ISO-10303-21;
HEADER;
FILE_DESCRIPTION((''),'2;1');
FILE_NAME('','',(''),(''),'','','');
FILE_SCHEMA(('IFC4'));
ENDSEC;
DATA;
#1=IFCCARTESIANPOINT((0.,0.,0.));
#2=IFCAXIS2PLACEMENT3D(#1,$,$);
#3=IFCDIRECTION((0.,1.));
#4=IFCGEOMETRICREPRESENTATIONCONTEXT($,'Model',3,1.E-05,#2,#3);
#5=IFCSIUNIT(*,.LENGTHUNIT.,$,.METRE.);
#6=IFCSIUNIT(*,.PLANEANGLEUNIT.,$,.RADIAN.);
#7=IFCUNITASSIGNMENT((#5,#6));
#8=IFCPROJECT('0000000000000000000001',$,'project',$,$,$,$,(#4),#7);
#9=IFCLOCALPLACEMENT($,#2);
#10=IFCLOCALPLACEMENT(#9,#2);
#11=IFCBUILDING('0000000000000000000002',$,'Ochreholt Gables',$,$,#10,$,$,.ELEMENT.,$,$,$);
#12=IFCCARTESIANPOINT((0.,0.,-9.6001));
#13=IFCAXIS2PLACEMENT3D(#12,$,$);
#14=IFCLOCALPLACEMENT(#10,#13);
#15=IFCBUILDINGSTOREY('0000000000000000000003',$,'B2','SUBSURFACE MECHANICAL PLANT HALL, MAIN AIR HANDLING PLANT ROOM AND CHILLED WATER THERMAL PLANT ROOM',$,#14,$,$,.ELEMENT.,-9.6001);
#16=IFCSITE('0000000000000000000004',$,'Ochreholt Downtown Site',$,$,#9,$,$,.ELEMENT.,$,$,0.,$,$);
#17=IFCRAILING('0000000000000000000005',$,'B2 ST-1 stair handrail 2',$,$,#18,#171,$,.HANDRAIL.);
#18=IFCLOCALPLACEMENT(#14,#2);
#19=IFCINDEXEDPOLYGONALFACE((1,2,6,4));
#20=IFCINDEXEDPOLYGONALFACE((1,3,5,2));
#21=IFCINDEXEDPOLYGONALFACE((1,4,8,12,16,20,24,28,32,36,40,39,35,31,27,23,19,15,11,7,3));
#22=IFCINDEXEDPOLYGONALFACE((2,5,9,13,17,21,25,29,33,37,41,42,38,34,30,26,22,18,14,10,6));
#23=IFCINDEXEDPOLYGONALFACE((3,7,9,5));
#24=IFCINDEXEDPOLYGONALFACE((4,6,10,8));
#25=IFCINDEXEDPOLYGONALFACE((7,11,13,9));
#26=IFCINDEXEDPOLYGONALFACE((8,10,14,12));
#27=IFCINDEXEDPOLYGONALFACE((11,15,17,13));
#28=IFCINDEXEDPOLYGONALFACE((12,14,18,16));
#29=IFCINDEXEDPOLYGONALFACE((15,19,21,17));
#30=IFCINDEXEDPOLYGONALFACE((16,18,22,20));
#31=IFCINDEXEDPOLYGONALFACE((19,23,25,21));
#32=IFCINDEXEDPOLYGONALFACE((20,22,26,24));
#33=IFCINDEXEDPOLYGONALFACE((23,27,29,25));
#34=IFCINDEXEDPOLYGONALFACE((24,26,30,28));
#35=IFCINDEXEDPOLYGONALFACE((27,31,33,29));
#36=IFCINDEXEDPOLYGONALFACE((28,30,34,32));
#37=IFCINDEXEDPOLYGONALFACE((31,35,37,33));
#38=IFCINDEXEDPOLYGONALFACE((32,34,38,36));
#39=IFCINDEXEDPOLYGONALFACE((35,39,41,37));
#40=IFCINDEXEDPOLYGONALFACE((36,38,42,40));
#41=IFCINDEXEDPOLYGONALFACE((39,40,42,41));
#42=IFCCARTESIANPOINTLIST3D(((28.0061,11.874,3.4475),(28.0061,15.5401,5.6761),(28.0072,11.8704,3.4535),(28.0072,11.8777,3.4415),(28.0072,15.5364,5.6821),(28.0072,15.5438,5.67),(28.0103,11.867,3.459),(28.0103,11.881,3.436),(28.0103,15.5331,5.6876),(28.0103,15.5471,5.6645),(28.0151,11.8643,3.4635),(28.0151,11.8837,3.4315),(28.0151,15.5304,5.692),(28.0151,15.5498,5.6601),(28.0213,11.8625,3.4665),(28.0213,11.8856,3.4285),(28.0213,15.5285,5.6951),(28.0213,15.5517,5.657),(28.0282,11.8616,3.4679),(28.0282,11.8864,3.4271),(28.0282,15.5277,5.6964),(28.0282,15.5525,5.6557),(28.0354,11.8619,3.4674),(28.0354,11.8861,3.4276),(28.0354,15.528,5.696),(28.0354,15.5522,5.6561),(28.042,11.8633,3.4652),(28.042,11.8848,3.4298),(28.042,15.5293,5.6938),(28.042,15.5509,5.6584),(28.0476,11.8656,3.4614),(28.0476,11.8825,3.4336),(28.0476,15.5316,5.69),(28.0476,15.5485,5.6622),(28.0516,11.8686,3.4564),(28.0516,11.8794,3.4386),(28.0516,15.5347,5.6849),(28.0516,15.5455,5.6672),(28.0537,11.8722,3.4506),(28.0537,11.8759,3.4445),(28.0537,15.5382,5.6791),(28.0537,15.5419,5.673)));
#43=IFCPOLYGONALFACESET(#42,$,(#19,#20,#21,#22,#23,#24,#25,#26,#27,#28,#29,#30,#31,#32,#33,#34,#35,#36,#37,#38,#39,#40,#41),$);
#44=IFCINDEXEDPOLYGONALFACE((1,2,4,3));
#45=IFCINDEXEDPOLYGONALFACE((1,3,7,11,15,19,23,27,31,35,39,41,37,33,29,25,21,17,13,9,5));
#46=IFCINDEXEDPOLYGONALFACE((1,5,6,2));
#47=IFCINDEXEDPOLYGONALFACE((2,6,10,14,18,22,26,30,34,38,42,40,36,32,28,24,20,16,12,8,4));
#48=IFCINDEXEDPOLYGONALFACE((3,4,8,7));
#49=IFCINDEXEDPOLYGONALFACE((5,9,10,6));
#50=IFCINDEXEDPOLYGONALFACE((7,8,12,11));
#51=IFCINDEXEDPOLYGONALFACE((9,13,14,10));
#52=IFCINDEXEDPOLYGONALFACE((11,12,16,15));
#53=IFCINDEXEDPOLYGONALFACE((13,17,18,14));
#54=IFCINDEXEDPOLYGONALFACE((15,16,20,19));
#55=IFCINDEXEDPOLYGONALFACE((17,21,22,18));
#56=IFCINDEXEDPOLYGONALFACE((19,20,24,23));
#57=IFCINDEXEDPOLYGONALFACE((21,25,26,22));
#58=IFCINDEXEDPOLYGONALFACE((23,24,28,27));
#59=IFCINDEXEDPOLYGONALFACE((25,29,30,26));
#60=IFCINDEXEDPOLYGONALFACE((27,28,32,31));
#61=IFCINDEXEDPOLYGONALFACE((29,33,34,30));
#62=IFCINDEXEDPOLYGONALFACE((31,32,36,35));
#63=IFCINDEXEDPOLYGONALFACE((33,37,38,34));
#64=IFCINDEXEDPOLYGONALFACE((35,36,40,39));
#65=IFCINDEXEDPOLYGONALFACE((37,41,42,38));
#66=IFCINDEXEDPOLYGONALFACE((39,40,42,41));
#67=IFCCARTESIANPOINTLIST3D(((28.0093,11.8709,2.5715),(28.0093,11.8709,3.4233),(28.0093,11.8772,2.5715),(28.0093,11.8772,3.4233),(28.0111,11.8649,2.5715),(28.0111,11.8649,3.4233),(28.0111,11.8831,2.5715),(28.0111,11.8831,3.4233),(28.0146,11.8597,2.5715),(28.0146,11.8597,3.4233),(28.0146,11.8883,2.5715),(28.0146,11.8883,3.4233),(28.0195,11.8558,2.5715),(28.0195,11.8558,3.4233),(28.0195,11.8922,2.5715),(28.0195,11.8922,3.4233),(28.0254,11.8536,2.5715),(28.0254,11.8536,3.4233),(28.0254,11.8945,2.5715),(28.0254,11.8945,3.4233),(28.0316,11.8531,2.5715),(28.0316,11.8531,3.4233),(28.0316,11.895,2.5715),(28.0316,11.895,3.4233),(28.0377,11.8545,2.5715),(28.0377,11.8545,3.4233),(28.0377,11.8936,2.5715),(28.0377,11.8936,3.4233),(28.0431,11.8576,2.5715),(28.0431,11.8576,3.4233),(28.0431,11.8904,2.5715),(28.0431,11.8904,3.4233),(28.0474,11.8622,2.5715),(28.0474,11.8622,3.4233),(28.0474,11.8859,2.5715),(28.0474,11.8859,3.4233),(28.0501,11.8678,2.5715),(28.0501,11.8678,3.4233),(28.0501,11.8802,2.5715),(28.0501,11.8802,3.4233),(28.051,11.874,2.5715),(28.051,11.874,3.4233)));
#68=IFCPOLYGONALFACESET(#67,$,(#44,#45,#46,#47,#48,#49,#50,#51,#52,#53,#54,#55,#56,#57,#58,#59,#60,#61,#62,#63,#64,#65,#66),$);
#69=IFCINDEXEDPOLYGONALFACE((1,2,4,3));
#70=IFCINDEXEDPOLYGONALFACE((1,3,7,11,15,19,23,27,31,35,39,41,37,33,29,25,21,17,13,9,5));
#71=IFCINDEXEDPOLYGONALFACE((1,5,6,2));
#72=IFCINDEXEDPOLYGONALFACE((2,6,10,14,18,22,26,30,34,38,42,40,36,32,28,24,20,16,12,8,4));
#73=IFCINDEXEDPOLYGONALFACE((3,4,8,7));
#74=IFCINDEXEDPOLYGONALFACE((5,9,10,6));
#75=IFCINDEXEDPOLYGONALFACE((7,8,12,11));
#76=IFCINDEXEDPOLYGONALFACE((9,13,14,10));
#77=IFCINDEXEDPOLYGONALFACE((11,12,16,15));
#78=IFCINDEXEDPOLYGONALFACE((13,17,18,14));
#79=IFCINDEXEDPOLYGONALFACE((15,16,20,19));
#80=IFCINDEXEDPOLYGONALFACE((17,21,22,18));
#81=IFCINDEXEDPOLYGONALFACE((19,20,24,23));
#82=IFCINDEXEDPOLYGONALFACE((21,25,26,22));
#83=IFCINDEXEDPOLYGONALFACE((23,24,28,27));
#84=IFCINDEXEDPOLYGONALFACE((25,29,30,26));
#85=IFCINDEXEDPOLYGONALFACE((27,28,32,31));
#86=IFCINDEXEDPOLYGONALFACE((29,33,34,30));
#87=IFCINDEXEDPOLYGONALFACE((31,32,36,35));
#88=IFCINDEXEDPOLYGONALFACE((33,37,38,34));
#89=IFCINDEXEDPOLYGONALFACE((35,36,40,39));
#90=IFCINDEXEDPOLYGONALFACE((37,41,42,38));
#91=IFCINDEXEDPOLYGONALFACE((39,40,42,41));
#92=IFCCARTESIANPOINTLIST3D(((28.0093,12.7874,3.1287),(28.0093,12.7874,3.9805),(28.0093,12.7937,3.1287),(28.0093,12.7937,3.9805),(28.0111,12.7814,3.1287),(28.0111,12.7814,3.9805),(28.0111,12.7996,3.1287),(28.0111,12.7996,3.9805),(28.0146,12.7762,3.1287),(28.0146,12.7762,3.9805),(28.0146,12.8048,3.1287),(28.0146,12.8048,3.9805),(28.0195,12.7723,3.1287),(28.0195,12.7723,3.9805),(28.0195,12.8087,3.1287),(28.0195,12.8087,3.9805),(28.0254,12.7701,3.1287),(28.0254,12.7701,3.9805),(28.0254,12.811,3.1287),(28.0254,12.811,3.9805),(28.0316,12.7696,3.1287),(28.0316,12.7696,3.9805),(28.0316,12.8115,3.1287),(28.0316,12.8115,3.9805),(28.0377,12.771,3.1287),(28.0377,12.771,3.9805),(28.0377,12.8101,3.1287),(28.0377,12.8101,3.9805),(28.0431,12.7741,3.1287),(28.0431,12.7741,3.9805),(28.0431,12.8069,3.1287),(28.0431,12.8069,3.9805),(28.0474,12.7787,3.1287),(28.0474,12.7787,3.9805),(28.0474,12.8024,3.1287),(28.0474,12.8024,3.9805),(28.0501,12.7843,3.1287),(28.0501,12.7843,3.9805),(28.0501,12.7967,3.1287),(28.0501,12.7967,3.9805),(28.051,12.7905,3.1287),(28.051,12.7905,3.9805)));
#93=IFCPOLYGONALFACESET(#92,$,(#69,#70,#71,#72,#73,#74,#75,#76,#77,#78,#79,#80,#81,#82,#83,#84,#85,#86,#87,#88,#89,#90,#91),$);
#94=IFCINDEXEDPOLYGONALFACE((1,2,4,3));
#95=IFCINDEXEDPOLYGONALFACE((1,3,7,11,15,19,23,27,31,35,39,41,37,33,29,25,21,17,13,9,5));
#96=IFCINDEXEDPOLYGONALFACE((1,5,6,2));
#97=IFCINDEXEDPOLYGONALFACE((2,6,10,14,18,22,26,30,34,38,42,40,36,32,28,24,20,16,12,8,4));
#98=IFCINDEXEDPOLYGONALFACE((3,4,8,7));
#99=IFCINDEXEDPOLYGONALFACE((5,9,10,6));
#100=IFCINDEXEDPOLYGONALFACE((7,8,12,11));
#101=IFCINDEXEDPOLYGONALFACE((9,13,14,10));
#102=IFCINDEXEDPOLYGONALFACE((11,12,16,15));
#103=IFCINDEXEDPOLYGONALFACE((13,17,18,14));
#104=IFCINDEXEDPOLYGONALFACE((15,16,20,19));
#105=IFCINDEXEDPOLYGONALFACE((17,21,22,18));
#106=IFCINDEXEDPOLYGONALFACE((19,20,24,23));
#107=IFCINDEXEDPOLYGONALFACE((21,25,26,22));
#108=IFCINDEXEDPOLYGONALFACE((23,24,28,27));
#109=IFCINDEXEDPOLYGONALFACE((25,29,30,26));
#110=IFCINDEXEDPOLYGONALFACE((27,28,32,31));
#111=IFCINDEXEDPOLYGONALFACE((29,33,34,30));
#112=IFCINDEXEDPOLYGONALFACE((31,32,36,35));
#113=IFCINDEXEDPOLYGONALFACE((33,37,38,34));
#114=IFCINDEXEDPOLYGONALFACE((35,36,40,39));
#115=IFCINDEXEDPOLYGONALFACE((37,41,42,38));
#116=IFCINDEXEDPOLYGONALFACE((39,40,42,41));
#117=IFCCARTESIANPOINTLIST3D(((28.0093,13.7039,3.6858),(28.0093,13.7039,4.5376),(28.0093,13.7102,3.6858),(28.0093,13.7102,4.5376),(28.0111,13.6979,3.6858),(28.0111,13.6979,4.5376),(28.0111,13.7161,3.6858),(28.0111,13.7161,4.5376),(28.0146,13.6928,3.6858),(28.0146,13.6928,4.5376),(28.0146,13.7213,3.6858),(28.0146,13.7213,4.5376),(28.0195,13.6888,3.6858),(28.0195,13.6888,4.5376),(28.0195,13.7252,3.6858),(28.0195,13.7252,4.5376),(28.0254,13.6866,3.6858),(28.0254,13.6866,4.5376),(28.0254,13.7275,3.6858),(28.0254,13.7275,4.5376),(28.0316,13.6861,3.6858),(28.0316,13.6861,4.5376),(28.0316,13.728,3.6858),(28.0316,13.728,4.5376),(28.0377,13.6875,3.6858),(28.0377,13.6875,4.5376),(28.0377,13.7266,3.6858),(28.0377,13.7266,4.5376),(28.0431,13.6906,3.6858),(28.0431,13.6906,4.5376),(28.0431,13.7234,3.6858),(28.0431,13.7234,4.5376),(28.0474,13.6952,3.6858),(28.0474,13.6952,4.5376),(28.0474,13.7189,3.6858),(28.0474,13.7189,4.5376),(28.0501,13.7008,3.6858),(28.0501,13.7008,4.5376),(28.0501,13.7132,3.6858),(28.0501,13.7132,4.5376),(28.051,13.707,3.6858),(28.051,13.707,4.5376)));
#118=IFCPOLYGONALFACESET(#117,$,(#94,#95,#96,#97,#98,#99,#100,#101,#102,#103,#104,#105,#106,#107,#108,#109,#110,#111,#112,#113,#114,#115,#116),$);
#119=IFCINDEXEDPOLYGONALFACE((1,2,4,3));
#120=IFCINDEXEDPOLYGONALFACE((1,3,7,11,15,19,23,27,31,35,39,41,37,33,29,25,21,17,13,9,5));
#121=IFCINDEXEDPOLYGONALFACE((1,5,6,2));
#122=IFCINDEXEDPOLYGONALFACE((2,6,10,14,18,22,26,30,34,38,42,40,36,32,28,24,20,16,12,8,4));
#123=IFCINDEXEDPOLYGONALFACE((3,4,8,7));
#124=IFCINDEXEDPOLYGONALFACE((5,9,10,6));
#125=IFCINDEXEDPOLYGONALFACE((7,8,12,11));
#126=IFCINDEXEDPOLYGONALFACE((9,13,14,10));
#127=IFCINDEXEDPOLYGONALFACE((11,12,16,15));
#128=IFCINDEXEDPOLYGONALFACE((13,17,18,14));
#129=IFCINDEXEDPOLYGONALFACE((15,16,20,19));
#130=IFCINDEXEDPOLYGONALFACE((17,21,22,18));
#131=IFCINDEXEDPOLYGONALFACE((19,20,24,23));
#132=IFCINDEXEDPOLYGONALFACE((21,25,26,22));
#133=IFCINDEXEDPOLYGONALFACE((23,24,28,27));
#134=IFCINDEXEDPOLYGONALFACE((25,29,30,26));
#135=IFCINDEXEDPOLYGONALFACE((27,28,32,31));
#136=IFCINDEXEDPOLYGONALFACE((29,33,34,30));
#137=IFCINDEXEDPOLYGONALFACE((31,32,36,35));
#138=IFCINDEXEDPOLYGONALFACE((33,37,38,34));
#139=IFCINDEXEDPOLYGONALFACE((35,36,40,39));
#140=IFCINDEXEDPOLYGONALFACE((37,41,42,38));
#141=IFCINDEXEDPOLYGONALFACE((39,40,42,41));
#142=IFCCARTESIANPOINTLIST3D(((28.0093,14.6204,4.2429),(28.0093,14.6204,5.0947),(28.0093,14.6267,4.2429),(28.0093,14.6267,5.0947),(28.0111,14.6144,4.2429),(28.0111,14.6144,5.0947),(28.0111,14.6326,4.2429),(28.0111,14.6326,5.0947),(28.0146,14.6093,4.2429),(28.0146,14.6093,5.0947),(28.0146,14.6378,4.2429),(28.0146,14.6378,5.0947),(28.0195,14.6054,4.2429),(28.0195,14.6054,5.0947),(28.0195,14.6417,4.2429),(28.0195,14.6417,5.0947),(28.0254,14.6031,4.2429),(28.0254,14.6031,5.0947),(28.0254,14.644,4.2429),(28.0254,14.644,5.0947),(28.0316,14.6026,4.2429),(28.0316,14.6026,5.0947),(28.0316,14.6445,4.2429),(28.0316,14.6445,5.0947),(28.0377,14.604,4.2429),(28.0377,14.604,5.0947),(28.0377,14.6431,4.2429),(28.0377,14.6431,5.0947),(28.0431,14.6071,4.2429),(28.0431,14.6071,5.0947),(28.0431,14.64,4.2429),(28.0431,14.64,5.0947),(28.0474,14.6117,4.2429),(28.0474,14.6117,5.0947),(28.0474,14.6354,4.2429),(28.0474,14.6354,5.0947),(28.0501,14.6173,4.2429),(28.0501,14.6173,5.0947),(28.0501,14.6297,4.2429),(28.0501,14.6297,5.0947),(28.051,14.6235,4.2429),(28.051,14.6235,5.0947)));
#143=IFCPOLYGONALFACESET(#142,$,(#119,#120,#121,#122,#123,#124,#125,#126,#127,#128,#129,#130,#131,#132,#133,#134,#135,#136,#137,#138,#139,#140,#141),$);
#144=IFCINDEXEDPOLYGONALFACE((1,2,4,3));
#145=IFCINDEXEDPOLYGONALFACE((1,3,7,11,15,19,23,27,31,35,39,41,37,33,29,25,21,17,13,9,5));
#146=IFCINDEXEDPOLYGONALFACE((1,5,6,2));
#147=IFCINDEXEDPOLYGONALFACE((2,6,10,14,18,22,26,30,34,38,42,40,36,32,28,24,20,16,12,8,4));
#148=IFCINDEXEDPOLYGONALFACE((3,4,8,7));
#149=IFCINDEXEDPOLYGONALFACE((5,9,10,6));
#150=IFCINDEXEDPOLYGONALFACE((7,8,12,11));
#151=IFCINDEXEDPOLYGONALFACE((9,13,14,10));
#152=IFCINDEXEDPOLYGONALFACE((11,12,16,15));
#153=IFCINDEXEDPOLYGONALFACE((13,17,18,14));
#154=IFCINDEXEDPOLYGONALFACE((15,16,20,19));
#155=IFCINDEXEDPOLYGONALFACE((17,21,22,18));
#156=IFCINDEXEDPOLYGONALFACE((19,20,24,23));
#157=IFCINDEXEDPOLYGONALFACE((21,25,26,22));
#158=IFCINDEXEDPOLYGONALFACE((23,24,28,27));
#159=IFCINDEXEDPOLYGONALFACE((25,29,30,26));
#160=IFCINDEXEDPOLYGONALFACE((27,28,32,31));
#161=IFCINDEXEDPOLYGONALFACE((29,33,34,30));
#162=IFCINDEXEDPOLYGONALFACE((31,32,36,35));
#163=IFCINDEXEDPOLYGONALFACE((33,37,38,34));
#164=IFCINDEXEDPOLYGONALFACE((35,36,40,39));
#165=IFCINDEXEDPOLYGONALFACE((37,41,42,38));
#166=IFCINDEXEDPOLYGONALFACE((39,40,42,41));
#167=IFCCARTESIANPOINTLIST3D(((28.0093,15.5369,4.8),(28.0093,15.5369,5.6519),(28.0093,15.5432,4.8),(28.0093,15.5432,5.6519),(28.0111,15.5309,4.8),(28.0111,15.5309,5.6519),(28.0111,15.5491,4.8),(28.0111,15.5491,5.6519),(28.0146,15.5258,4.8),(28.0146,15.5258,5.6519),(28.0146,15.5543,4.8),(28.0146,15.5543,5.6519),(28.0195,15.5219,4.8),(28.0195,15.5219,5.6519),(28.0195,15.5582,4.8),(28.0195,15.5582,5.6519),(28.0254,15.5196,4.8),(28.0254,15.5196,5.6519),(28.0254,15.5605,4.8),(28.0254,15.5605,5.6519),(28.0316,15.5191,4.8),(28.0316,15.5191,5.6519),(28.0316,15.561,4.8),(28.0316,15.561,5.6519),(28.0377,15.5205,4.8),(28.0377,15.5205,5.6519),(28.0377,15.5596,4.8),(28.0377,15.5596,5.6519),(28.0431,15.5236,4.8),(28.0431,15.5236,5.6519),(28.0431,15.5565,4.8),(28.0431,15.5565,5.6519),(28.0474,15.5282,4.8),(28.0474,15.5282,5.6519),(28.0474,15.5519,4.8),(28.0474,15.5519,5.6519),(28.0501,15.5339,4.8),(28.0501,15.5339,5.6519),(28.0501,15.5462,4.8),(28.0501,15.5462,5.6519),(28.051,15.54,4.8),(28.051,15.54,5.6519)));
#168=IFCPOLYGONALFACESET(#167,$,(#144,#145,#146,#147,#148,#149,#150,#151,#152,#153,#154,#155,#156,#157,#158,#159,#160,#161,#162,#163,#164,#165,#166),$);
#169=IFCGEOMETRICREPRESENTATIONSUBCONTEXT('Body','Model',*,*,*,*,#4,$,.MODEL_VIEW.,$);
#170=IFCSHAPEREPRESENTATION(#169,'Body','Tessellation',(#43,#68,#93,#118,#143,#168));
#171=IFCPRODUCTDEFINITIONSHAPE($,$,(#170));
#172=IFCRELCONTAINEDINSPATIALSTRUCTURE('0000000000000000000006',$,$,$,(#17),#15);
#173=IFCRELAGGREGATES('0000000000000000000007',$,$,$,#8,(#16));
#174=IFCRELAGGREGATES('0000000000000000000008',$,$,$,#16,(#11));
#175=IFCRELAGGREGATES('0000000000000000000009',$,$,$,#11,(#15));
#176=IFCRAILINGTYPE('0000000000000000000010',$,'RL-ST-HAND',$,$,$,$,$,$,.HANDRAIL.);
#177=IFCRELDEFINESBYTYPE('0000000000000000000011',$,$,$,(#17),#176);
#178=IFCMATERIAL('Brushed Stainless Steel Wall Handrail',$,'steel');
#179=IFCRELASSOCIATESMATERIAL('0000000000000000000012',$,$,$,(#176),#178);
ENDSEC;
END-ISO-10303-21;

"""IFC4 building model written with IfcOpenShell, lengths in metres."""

from ifc_helpers import new_model, si_unit, direction, frame, origin, origin_2d, place, context, subcontext, project, spatial, circle, extrude, material, type_object, element, save


model = new_model("IFC4")

# Units and contexts
model_context = context("Model", 3, precision=1e-05, world=origin(), true_north=direction((0.0, 1.0)))
body_context = subcontext(model_context, "Body", "Model", "MODEL_VIEW")
ifc_project = project(units=[si_unit("LENGTHUNIT", "METRE"), si_unit("PLANEANGLEUNIT", "RADIAN")], contexts=[model_context])

# Site, building, storey
site_placement = place(None, origin())
site = spatial("IfcSite", under=ifc_project, at=site_placement, Name="Ochreholt Downtown Site", CompositionType="ELEMENT", RefElevation=0.0)
building_placement = place(site_placement, origin())
building = spatial("IfcBuilding", under=site, at=building_placement, Name="Ochreholt Gables", CompositionType="ELEMENT")
storey_placement = place(building_placement, frame((0.0, 0.0, -9.6001)))
storey = spatial("IfcBuildingStorey", under=building, at=storey_placement, Name="B2", Description="SUBSURFACE MECHANICAL PLANT HALL, MAIN AIR HANDLING PLANT ROOM AND CHILLED WATER THERMAL PLANT ROOM", CompositionType="ELEMENT", Elevation=-9.6001)

# Railing
ifc_material_1 = material(Name="Brushed Stainless Steel Wall Handrail", Category="steel")
railing_type = type_object("IfcRailingType", Name="RL-ST-HAND", PredefinedType="HANDRAIL", material=ifc_material_1)
railing_placement = place(storey_placement, frame((28.03, 11.874, 2.5715)))
element("IfcRailing", 1, at=railing_placement, inside=storey, type_object=railing_type, Name="B2 ST-1 stair handrail 2", PredefinedType="HANDRAIL", context=body_context, shape_type="SweptSolid", body=[
    extrude(circle(Radius=0.0239, at=origin_2d()), frame((0.0, 0.0, 0.876), z_axis=(0.0, 0.854506, 0.519441), x_axis=(-1.0, 0.0, 0.0)), (0.0, 0.0, 1.0), 4.2903),
    extrude(circle(Radius=0.021, at=origin_2d()), origin(), (0.0, 0.0, 1.0), 0.8518),
    extrude(circle(Radius=0.021, at=origin_2d()), frame((0.0, 0.9165, 0.5571)), (0.0, 0.0, 1.0), 0.8518),
    extrude(circle(Radius=0.021, at=origin_2d()), frame((0.0, 1.833, 1.1143)), (0.0, 0.0, 1.0), 0.8518),
    extrude(circle(Radius=0.021, at=origin_2d()), frame((0.0, 2.7495, 1.6714)), (0.0, 0.0, 1.0), 0.8518),
    extrude(circle(Radius=0.021, at=origin_2d()), frame((0.0, 3.666, 2.2285)), (0.0, 0.0, 1.0), 0.8518),
])

save(model, "model.ifc")
